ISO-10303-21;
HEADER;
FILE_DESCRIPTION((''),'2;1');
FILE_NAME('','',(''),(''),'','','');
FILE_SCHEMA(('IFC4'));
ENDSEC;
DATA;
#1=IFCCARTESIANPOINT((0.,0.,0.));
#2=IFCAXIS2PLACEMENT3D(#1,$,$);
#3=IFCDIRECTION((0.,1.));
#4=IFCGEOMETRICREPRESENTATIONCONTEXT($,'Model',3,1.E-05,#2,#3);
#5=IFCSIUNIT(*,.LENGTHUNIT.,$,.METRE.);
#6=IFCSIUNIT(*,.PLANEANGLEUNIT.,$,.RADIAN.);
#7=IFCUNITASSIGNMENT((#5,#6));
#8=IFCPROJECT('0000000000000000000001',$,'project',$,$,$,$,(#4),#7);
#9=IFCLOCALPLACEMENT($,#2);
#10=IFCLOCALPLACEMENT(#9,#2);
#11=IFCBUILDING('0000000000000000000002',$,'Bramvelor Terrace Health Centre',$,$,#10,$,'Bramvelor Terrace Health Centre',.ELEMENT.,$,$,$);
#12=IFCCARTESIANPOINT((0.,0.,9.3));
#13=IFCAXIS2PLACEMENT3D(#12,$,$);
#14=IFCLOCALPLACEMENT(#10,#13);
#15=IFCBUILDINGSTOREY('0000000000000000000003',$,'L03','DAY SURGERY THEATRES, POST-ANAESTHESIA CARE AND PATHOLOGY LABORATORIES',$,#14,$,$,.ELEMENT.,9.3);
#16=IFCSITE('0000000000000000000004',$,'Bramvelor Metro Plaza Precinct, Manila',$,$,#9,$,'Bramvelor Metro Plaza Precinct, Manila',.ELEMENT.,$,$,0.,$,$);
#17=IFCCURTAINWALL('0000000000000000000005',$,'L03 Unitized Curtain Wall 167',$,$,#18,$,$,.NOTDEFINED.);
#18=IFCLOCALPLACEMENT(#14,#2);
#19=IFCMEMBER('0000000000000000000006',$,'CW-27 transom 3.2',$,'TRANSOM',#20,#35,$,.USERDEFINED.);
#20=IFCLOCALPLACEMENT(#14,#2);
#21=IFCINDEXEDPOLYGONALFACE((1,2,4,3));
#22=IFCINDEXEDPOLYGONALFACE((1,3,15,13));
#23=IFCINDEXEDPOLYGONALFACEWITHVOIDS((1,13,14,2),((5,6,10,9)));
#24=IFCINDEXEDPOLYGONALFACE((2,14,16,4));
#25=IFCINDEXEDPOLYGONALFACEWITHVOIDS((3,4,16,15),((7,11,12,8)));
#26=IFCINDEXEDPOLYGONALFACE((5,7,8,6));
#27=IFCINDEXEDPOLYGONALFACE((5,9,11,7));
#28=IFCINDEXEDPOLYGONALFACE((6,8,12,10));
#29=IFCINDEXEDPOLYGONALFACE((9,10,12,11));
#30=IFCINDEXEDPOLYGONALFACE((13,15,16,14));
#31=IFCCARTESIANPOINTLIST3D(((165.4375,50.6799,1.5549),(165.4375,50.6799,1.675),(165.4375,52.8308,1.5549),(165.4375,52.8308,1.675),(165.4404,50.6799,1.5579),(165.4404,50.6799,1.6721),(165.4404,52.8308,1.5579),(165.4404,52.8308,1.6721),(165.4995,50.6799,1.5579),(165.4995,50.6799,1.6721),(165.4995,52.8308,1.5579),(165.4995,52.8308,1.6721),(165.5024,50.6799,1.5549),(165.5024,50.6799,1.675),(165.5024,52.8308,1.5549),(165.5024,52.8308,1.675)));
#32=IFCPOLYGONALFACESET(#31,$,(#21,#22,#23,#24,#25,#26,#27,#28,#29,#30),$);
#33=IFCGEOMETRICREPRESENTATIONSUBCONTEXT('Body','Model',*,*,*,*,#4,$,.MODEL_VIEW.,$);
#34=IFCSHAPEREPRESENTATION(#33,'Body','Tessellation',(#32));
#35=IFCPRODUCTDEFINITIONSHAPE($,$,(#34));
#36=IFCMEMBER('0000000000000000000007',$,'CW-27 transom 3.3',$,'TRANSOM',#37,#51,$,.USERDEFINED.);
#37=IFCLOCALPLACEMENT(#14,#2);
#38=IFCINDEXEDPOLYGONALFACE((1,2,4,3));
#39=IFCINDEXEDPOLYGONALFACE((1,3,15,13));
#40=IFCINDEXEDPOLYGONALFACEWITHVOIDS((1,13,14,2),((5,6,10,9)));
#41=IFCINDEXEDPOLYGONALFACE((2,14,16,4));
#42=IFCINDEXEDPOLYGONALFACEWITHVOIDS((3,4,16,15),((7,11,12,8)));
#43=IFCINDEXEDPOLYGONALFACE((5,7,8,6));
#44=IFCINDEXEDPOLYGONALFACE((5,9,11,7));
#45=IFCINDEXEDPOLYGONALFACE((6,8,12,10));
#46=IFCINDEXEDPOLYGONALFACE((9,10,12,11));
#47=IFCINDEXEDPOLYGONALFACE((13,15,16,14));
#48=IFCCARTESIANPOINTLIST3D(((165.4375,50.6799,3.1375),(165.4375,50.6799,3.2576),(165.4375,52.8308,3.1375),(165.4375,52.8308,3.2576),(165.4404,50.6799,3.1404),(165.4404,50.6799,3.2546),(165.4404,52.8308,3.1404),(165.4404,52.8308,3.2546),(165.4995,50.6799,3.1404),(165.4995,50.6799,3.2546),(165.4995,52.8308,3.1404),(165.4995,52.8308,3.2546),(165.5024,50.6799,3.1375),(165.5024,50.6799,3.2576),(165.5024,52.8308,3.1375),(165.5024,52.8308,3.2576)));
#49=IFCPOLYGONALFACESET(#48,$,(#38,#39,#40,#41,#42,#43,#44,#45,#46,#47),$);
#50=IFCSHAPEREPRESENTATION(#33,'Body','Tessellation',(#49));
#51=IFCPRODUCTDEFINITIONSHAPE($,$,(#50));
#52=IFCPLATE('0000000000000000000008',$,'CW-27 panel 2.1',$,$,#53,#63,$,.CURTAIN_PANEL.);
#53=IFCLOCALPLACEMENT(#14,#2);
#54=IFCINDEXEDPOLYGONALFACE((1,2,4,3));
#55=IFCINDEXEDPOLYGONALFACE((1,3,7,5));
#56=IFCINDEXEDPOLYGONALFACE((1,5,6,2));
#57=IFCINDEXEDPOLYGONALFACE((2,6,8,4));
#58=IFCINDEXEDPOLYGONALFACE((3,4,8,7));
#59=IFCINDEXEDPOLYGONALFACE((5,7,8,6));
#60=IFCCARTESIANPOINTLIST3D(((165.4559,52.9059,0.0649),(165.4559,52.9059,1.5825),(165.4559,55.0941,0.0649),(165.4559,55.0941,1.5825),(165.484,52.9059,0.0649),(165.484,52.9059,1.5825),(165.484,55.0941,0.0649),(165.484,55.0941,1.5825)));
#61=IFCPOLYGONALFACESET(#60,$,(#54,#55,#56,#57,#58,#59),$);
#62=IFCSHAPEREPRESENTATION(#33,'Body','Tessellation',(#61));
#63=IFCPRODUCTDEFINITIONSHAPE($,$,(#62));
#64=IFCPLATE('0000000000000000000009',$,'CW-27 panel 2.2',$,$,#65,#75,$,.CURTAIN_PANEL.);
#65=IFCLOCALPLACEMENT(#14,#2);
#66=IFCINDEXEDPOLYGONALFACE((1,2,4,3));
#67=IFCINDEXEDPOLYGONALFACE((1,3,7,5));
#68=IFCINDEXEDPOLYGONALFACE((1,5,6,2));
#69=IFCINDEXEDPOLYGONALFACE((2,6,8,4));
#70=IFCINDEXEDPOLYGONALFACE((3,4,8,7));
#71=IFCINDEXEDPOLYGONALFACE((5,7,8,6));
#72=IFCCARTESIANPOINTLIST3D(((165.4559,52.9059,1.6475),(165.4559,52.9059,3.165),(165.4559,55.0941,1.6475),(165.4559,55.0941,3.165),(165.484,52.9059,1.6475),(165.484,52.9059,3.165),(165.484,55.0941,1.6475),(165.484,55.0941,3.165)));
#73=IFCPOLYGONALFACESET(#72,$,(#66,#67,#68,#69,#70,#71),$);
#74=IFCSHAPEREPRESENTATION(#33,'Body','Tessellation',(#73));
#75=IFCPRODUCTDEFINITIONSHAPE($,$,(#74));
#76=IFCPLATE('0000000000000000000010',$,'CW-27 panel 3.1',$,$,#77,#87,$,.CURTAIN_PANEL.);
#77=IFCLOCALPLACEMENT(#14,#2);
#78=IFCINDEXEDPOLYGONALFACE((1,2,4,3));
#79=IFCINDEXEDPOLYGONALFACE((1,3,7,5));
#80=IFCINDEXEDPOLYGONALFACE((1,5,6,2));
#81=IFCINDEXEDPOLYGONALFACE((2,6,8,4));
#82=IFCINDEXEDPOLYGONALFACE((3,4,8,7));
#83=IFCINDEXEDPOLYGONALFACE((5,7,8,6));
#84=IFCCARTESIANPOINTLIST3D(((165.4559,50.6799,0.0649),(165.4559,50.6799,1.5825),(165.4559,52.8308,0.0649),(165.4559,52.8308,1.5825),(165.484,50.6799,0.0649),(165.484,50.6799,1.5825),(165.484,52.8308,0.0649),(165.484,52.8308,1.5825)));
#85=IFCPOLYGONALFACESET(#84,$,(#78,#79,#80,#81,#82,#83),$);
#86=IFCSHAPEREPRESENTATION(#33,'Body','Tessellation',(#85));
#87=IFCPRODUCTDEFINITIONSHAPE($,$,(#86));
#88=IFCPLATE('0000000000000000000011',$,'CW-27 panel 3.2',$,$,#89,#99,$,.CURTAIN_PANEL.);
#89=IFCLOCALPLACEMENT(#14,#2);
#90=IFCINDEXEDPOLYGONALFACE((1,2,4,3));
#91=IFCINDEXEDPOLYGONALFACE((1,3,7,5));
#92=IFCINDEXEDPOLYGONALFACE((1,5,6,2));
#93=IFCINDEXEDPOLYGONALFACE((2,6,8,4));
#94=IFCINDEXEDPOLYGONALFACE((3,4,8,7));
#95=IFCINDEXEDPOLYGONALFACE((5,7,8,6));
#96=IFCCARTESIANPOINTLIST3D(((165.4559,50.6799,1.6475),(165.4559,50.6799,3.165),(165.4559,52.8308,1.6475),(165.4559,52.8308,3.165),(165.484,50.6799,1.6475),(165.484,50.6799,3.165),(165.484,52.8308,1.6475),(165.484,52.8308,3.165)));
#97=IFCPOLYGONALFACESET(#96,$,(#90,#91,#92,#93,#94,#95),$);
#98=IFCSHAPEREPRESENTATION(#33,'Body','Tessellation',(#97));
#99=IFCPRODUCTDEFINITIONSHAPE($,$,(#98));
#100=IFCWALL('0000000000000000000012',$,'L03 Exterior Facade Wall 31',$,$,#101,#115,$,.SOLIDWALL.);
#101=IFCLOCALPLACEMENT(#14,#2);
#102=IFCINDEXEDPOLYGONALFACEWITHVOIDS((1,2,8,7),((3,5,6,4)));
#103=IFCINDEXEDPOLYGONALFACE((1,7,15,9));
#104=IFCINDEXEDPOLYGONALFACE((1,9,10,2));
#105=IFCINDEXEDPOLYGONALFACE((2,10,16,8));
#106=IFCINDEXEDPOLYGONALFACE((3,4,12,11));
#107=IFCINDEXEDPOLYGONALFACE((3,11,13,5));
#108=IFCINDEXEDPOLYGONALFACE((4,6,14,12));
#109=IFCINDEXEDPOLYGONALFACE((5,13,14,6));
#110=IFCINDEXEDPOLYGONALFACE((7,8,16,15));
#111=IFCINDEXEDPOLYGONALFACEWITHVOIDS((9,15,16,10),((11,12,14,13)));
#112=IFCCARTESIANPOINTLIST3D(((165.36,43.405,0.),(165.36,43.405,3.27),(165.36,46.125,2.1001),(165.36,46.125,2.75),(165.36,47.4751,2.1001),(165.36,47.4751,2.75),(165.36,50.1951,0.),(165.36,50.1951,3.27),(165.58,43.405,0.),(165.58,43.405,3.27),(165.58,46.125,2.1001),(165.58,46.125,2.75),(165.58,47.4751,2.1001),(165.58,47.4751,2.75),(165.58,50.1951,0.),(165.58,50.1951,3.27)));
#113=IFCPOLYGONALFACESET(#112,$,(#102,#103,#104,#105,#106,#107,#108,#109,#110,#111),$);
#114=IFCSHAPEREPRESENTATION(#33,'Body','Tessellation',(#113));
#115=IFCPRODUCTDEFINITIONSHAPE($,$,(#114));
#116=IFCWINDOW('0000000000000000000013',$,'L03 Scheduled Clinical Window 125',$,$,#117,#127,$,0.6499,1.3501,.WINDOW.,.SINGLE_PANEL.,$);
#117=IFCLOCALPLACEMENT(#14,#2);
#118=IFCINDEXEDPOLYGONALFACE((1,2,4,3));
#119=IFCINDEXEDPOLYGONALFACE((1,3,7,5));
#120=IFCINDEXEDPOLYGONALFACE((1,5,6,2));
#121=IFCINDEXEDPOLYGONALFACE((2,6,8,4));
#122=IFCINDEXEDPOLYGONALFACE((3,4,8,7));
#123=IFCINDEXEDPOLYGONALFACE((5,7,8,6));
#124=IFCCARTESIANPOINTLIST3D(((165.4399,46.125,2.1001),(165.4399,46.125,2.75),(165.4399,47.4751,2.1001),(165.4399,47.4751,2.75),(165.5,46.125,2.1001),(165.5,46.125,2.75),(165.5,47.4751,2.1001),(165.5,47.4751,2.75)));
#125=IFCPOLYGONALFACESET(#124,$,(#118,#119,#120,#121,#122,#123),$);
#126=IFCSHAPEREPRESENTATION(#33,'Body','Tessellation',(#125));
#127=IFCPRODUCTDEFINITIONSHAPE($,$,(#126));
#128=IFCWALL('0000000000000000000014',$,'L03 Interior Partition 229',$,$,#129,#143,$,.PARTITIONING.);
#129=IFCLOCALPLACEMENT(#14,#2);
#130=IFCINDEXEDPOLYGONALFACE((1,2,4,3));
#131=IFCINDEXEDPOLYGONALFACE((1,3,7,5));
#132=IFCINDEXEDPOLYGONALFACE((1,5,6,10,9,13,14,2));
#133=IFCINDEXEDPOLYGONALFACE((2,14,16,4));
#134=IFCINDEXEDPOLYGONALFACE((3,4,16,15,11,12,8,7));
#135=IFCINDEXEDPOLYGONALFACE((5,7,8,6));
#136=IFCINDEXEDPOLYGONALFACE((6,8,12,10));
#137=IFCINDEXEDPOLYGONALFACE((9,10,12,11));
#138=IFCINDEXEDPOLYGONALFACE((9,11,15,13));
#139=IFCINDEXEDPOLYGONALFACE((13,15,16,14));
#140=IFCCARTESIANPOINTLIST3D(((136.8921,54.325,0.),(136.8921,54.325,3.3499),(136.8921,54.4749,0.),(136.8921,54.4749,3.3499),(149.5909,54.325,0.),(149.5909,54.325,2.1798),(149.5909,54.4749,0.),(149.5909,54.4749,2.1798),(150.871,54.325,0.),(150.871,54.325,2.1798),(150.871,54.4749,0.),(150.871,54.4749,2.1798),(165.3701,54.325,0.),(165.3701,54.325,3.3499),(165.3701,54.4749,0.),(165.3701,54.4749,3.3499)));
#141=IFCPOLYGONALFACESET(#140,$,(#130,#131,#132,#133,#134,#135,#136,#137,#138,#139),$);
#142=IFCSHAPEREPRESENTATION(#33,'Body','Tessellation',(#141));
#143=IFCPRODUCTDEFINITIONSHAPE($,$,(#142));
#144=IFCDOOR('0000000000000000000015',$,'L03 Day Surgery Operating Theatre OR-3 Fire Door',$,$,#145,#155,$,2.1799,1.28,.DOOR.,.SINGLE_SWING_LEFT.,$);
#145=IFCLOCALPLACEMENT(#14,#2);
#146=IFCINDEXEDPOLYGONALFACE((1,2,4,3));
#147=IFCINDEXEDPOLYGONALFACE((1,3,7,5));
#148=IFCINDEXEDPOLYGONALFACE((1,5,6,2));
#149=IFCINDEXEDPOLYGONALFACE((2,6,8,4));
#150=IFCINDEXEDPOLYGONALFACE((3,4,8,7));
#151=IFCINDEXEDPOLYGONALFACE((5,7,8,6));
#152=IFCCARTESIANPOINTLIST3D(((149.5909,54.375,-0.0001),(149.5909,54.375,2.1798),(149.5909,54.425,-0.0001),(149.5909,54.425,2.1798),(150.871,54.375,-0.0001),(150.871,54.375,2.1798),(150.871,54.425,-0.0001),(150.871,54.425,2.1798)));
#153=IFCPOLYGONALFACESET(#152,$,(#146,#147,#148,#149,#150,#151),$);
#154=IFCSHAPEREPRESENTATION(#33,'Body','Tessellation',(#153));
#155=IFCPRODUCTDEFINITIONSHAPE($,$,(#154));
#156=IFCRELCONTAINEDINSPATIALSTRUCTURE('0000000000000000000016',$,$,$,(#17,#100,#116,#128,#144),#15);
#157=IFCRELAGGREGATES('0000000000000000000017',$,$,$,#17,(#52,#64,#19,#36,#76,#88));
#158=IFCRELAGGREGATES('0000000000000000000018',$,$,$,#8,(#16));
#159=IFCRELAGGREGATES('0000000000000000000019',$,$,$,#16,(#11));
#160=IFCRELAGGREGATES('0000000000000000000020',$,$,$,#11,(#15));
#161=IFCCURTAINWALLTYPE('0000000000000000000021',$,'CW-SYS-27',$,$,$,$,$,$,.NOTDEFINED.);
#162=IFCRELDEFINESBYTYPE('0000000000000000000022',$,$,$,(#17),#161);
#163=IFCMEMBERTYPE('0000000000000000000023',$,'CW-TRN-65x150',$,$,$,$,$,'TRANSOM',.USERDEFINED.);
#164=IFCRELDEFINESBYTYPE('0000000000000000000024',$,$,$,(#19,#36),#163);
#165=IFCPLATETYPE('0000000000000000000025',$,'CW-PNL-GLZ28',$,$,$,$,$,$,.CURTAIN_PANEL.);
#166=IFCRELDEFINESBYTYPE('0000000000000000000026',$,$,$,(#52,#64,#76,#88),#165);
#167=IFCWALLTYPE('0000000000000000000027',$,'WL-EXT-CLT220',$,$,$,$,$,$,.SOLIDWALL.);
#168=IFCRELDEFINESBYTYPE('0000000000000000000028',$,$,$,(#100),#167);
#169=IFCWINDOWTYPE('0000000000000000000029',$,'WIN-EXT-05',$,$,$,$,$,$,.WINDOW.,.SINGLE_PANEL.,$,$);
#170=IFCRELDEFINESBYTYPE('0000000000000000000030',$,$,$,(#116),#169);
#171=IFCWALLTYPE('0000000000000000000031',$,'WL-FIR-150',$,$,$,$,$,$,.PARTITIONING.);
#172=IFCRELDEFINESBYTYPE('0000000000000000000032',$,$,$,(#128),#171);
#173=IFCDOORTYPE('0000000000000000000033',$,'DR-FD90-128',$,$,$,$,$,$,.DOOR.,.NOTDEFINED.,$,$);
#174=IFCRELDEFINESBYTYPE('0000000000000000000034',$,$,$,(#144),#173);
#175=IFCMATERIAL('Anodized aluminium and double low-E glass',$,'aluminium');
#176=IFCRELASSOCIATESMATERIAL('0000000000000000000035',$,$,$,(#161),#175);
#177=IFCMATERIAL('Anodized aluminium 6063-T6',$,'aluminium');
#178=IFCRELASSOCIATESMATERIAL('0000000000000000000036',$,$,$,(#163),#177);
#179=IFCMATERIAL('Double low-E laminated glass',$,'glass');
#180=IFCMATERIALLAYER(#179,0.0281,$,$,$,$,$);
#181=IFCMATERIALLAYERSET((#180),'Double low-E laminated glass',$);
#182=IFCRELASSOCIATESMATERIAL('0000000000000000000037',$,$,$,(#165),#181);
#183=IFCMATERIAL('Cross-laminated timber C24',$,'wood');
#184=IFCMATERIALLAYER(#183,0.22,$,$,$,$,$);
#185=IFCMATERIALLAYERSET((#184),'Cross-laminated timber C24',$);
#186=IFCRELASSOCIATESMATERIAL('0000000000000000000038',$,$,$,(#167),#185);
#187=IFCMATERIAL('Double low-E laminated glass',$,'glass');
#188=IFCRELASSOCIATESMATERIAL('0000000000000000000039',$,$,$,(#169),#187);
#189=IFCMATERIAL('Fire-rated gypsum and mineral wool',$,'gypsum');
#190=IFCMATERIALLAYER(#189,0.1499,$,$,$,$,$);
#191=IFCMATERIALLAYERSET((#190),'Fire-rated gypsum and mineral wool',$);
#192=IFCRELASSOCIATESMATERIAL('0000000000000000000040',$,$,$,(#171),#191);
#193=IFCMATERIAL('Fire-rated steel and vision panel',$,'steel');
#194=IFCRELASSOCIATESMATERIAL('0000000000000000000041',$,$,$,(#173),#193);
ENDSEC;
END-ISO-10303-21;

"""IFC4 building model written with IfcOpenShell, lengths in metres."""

from ifc_helpers import new_model, si_unit, direction, frame, frame_2d, origin, origin_2d, place, context, subcontext, project, spatial, rectangle, hollow_rectangle, extrude, material, layer, layer_set, material_profile, profile_set, type_object, element, fill, aggregate, save


model = new_model("IFC4")

# Units and contexts
model_context = context("Model", 3, precision=1e-05, world=origin(), true_north=direction((0.0, 1.0)))
body_context = subcontext(model_context, "Body", "Model", "MODEL_VIEW")
ifc_project = project(units=[si_unit("LENGTHUNIT", "METRE"), si_unit("PLANEANGLEUNIT", "RADIAN")], contexts=[model_context])

# Site, building, storey
site_placement = place(None, origin())
site = spatial("IfcSite", under=ifc_project, at=site_placement, Name="Bramvelor Metro Plaza Precinct, Manila", LongName="Bramvelor Metro Plaza Precinct, Manila", CompositionType="ELEMENT", RefElevation=0.0)
building_placement = place(site_placement, origin())
building = spatial("IfcBuilding", under=site, at=building_placement, Name="Bramvelor Terrace Health Centre", LongName="Bramvelor Terrace Health Centre", CompositionType="ELEMENT")
storey_placement = place(building_placement, frame((0.0, 0.0, 9.3)))
storey = spatial("IfcBuildingStorey", under=building, at=storey_placement, Name="L03", Description="DAY SURGERY THEATRES, POST-ANAESTHESIA CARE AND PATHOLOGY LABORATORIES", CompositionType="ELEMENT", Elevation=9.3)

# Curtain wall, members, plates
ifc_material_1 = material(Name="Anodized aluminium and double low-E glass", Category="aluminium")
curtain_wall_type = type_object("IfcCurtainWallType", Name="CW-SYS-27", PredefinedType="NOTDEFINED", material=ifc_material_1)
curtain_wall_placement = place(storey_placement, origin())
curtain_wall = element("IfcCurtainWall", 1, at=curtain_wall_placement, inside=storey, type_object=curtain_wall_type, Name="L03 Unitized Curtain Wall 167", PredefinedType="NOTDEFINED")
ifc_material_2 = material(Name="Anodized aluminium 6063-T6", Category="aluminium")
ifc_material_profile_1 = material_profile(ifc_material_2, hollow_rectangle(XDim=0.0649, YDim=0.1201, WallThickness=0.0029, at=origin_2d()), Name="ALU-TRN 65x120x3.0")
ifc_profile_set_1 = profile_set([ifc_material_profile_1], Name="Anodized aluminium 6063-T6")
member_type_1 = type_object("IfcMemberType", Name="CW-TRN-65x150", ElementType="TRANSOM", PredefinedType="USERDEFINED", material=ifc_profile_set_1)
member_1_placement = place(storey_placement, frame((165.47, 52.8308, 1.615), z_axis=(0.0, -1.0, 0.0), x_axis=(1.0, 0.0, 0.0)))
member_1 = element("IfcMember", 2, at=member_1_placement, type_object=member_type_1, Name="CW-27 transom 3.2", ObjectType="TRANSOM", PredefinedType="USERDEFINED", context=body_context, shape_type="SweptSolid", body=[
    extrude(hollow_rectangle(XDim=0.0649, YDim=0.1201, WallThickness=0.0029, at=origin_2d()), origin(), (0.0, 0.0, 1.0), 2.1509),
])
member_2_placement = place(storey_placement, frame((165.47, 52.8308, 3.1975), z_axis=(0.0, -1.0, 0.0), x_axis=(1.0, 0.0, 0.0)))
member_2 = element("IfcMember", 3, at=member_2_placement, type_object=member_type_1, Name="CW-27 transom 3.3", ObjectType="TRANSOM", PredefinedType="USERDEFINED", context=body_context, shape_type="SweptSolid", body=[
    extrude(hollow_rectangle(XDim=0.0649, YDim=0.1201, WallThickness=0.0029, at=origin_2d()), origin(), (0.0, 0.0, 1.0), 2.1509),
])
ifc_material_3 = material(Name="Double low-E laminated glass", Category="glass")
ifc_layer_1 = layer(ifc_material_3, 0.0281)
ifc_layer_set_1 = layer_set([ifc_layer_1], Name="Double low-E laminated glass")
plate_type = type_object("IfcPlateType", Name="CW-PNL-GLZ28", PredefinedType="CURTAIN_PANEL", material=ifc_layer_set_1)
plate_1_placement = place(storey_placement, frame((165.47, 54.0, 0.0649), z_axis=(0.0, 0.0, 1.0), x_axis=(0.0, -1.0, 0.0)))
plate_1 = element("IfcPlate", 4, at=plate_1_placement, type_object=plate_type, Name="CW-27 panel 2.1", PredefinedType="CURTAIN_PANEL", context=body_context, shape_type="SweptSolid", body=[
    extrude(rectangle(XDim=2.1882, YDim=0.0281, at=origin_2d()), origin(), (0.0, 0.0, 1.0), 1.5176),
])
plate_2_placement = place(storey_placement, frame((165.47, 54.0, 1.6475), z_axis=(0.0, 0.0, 1.0), x_axis=(0.0, -1.0, 0.0)))
plate_2 = element("IfcPlate", 5, at=plate_2_placement, type_object=plate_type, Name="CW-27 panel 2.2", PredefinedType="CURTAIN_PANEL", context=body_context, shape_type="SweptSolid", body=[
    extrude(rectangle(XDim=2.1882, YDim=0.0281, at=origin_2d()), origin(), (0.0, 0.0, 1.0), 1.5176),
])
plate_3_placement = place(storey_placement, frame((165.47, 51.7554, 0.0649), z_axis=(0.0, 0.0, 1.0), x_axis=(0.0, -1.0, 0.0)))
plate_3 = element("IfcPlate", 6, at=plate_3_placement, type_object=plate_type, Name="CW-27 panel 3.1", PredefinedType="CURTAIN_PANEL", context=body_context, shape_type="SweptSolid", body=[
    extrude(rectangle(XDim=2.1509, YDim=0.0281, at=origin_2d()), origin(), (0.0, 0.0, 1.0), 1.5176),
])
plate_4_placement = place(storey_placement, frame((165.47, 51.7554, 1.6475), z_axis=(0.0, 0.0, 1.0), x_axis=(0.0, -1.0, 0.0)))
plate_4 = element("IfcPlate", 7, at=plate_4_placement, type_object=plate_type, Name="CW-27 panel 3.2", PredefinedType="CURTAIN_PANEL", context=body_context, shape_type="SweptSolid", body=[
    extrude(rectangle(XDim=2.1509, YDim=0.0281, at=origin_2d()), origin(), (0.0, 0.0, 1.0), 1.5176),
])
aggregate(curtain_wall, [plate_1, plate_2, member_1, member_2, plate_3, plate_4])

# Wall, opening, window
ifc_material_4 = material(Name="Cross-laminated timber C24", Category="wood")
ifc_layer_2 = layer(ifc_material_4, 0.22)
ifc_layer_set_2 = layer_set([ifc_layer_2], Name="Cross-laminated timber C24")
wall_type_1 = type_object("IfcWallType", Name="WL-EXT-CLT220", PredefinedType="SOLIDWALL", material=ifc_layer_set_2)
wall_1_placement = place(storey_placement, frame((165.47, 50.1951, 0.0), z_axis=(0.0, 0.0, 1.0), x_axis=(0.0, -1.0, 0.0)))
wall_1 = element("IfcWall", 8, at=wall_1_placement, inside=storey, type_object=wall_type_1, Name="L03 Exterior Facade Wall 31", PredefinedType="SOLIDWALL", context=body_context, shape_type="SweptSolid", body=[
    extrude(rectangle(XDim=6.79, YDim=0.22, at=frame_2d((3.395, 0.0))), origin(), (0.0, 0.0, 1.0), 3.27),
])
opening_1_placement = place(wall_1_placement, frame((2.72, 0.0, 2.1001)))
opening_1 = element("IfcOpeningElement", 9, at=opening_1_placement, cuts=wall_1, PredefinedType="OPENING", context=body_context, shape_type="SweptSolid", body=[
    extrude(rectangle(XDim=1.3501, YDim=0.6499, at=frame_2d((0.675, 0.325))), frame((0.0, 0.1199, 0.0), z_axis=(0.0, -1.0, 0.0), x_axis=(1.0, 0.0, 0.0)), (0.0, 0.0, 1.0), 0.24),
])
ifc_material_5 = material(Name="Double low-E laminated glass", Category="glass")
window_type = type_object("IfcWindowType", Name="WIN-EXT-05", PartitioningType="SINGLE_PANEL", PredefinedType="WINDOW", material=ifc_material_5)
window_placement = place(opening_1_placement, origin())
window = element("IfcWindow", 10, at=window_placement, inside=storey, type_object=window_type, Name="L03 Scheduled Clinical Window 125", OverallHeight=0.6499, OverallWidth=1.3501, PartitioningType="SINGLE_PANEL", PredefinedType="WINDOW", context=body_context, shape_type="SweptSolid", body=[
    extrude(rectangle(XDim=1.3501, YDim=0.6499, at=frame_2d((0.675, 0.325))), frame((0.0, 0.03, 0.0), z_axis=(0.0, -1.0, 0.0), x_axis=(1.0, 0.0, 0.0)), (0.0, 0.0, 1.0), 0.0601),
])
fill(opening_1, window)

# Wall, opening, door
ifc_material_6 = material(Name="Fire-rated gypsum and mineral wool", Category="gypsum")
ifc_layer_3 = layer(ifc_material_6, 0.1499)
ifc_layer_set_3 = layer_set([ifc_layer_3], Name="Fire-rated gypsum and mineral wool")
wall_type_2 = type_object("IfcWallType", Name="WL-FIR-150", PredefinedType="PARTITIONING", material=ifc_layer_set_3)
wall_2_placement = place(storey_placement, frame((165.3701, 54.3999, 0.0), z_axis=(0.0, 0.0, 1.0), x_axis=(-1.0, 0.0, 0.0)))
wall_2 = element("IfcWall", 11, at=wall_2_placement, inside=storey, type_object=wall_type_2, Name="L03 Interior Partition 229", PredefinedType="PARTITIONING", context=body_context, shape_type="SweptSolid", body=[
    extrude(rectangle(XDim=28.478, YDim=0.1499, at=frame_2d((14.239, 0.0))), origin(), (0.0, 0.0, 1.0), 3.3499),
])
opening_2_placement = place(wall_2_placement, frame((14.499, 0.0, 0.0)))
opening_2 = element("IfcOpeningElement", 12, at=opening_2_placement, cuts=wall_2, PredefinedType="OPENING", context=body_context, shape_type="SweptSolid", body=[
    extrude(rectangle(XDim=1.28, YDim=2.1799, at=frame_2d((0.6401, 1.0898))), frame((0.0, 0.085, 0.0), z_axis=(0.0, -1.0, 0.0), x_axis=(1.0, 0.0, 0.0)), (0.0, 0.0, 1.0), 0.1699),
])
ifc_material_7 = material(Name="Fire-rated steel and vision panel", Category="steel")
door_type = type_object("IfcDoorType", Name="DR-FD90-128", OperationType="NOTDEFINED", PredefinedType="DOOR", material=ifc_material_7)
door_placement = place(opening_2_placement, origin())
door = element("IfcDoor", 13, at=door_placement, inside=storey, type_object=door_type, Name="L03 Day Surgery Operating Theatre OR-3 Fire Door", OperationType="SINGLE_SWING_LEFT", OverallHeight=2.1799, OverallWidth=1.28, PredefinedType="DOOR", context=body_context, shape_type="SweptSolid", body=[
    extrude(rectangle(XDim=1.28, YDim=2.1799, at=frame_2d((0.6401, 1.0898))), frame((0.0, 0.0249, 0.0), z_axis=(0.0, -1.0, 0.0), x_axis=(1.0, 0.0, 0.0)), (0.0, 0.0, 1.0), 0.05),
])
fill(opening_2, door)

save(model, "model.ifc")
